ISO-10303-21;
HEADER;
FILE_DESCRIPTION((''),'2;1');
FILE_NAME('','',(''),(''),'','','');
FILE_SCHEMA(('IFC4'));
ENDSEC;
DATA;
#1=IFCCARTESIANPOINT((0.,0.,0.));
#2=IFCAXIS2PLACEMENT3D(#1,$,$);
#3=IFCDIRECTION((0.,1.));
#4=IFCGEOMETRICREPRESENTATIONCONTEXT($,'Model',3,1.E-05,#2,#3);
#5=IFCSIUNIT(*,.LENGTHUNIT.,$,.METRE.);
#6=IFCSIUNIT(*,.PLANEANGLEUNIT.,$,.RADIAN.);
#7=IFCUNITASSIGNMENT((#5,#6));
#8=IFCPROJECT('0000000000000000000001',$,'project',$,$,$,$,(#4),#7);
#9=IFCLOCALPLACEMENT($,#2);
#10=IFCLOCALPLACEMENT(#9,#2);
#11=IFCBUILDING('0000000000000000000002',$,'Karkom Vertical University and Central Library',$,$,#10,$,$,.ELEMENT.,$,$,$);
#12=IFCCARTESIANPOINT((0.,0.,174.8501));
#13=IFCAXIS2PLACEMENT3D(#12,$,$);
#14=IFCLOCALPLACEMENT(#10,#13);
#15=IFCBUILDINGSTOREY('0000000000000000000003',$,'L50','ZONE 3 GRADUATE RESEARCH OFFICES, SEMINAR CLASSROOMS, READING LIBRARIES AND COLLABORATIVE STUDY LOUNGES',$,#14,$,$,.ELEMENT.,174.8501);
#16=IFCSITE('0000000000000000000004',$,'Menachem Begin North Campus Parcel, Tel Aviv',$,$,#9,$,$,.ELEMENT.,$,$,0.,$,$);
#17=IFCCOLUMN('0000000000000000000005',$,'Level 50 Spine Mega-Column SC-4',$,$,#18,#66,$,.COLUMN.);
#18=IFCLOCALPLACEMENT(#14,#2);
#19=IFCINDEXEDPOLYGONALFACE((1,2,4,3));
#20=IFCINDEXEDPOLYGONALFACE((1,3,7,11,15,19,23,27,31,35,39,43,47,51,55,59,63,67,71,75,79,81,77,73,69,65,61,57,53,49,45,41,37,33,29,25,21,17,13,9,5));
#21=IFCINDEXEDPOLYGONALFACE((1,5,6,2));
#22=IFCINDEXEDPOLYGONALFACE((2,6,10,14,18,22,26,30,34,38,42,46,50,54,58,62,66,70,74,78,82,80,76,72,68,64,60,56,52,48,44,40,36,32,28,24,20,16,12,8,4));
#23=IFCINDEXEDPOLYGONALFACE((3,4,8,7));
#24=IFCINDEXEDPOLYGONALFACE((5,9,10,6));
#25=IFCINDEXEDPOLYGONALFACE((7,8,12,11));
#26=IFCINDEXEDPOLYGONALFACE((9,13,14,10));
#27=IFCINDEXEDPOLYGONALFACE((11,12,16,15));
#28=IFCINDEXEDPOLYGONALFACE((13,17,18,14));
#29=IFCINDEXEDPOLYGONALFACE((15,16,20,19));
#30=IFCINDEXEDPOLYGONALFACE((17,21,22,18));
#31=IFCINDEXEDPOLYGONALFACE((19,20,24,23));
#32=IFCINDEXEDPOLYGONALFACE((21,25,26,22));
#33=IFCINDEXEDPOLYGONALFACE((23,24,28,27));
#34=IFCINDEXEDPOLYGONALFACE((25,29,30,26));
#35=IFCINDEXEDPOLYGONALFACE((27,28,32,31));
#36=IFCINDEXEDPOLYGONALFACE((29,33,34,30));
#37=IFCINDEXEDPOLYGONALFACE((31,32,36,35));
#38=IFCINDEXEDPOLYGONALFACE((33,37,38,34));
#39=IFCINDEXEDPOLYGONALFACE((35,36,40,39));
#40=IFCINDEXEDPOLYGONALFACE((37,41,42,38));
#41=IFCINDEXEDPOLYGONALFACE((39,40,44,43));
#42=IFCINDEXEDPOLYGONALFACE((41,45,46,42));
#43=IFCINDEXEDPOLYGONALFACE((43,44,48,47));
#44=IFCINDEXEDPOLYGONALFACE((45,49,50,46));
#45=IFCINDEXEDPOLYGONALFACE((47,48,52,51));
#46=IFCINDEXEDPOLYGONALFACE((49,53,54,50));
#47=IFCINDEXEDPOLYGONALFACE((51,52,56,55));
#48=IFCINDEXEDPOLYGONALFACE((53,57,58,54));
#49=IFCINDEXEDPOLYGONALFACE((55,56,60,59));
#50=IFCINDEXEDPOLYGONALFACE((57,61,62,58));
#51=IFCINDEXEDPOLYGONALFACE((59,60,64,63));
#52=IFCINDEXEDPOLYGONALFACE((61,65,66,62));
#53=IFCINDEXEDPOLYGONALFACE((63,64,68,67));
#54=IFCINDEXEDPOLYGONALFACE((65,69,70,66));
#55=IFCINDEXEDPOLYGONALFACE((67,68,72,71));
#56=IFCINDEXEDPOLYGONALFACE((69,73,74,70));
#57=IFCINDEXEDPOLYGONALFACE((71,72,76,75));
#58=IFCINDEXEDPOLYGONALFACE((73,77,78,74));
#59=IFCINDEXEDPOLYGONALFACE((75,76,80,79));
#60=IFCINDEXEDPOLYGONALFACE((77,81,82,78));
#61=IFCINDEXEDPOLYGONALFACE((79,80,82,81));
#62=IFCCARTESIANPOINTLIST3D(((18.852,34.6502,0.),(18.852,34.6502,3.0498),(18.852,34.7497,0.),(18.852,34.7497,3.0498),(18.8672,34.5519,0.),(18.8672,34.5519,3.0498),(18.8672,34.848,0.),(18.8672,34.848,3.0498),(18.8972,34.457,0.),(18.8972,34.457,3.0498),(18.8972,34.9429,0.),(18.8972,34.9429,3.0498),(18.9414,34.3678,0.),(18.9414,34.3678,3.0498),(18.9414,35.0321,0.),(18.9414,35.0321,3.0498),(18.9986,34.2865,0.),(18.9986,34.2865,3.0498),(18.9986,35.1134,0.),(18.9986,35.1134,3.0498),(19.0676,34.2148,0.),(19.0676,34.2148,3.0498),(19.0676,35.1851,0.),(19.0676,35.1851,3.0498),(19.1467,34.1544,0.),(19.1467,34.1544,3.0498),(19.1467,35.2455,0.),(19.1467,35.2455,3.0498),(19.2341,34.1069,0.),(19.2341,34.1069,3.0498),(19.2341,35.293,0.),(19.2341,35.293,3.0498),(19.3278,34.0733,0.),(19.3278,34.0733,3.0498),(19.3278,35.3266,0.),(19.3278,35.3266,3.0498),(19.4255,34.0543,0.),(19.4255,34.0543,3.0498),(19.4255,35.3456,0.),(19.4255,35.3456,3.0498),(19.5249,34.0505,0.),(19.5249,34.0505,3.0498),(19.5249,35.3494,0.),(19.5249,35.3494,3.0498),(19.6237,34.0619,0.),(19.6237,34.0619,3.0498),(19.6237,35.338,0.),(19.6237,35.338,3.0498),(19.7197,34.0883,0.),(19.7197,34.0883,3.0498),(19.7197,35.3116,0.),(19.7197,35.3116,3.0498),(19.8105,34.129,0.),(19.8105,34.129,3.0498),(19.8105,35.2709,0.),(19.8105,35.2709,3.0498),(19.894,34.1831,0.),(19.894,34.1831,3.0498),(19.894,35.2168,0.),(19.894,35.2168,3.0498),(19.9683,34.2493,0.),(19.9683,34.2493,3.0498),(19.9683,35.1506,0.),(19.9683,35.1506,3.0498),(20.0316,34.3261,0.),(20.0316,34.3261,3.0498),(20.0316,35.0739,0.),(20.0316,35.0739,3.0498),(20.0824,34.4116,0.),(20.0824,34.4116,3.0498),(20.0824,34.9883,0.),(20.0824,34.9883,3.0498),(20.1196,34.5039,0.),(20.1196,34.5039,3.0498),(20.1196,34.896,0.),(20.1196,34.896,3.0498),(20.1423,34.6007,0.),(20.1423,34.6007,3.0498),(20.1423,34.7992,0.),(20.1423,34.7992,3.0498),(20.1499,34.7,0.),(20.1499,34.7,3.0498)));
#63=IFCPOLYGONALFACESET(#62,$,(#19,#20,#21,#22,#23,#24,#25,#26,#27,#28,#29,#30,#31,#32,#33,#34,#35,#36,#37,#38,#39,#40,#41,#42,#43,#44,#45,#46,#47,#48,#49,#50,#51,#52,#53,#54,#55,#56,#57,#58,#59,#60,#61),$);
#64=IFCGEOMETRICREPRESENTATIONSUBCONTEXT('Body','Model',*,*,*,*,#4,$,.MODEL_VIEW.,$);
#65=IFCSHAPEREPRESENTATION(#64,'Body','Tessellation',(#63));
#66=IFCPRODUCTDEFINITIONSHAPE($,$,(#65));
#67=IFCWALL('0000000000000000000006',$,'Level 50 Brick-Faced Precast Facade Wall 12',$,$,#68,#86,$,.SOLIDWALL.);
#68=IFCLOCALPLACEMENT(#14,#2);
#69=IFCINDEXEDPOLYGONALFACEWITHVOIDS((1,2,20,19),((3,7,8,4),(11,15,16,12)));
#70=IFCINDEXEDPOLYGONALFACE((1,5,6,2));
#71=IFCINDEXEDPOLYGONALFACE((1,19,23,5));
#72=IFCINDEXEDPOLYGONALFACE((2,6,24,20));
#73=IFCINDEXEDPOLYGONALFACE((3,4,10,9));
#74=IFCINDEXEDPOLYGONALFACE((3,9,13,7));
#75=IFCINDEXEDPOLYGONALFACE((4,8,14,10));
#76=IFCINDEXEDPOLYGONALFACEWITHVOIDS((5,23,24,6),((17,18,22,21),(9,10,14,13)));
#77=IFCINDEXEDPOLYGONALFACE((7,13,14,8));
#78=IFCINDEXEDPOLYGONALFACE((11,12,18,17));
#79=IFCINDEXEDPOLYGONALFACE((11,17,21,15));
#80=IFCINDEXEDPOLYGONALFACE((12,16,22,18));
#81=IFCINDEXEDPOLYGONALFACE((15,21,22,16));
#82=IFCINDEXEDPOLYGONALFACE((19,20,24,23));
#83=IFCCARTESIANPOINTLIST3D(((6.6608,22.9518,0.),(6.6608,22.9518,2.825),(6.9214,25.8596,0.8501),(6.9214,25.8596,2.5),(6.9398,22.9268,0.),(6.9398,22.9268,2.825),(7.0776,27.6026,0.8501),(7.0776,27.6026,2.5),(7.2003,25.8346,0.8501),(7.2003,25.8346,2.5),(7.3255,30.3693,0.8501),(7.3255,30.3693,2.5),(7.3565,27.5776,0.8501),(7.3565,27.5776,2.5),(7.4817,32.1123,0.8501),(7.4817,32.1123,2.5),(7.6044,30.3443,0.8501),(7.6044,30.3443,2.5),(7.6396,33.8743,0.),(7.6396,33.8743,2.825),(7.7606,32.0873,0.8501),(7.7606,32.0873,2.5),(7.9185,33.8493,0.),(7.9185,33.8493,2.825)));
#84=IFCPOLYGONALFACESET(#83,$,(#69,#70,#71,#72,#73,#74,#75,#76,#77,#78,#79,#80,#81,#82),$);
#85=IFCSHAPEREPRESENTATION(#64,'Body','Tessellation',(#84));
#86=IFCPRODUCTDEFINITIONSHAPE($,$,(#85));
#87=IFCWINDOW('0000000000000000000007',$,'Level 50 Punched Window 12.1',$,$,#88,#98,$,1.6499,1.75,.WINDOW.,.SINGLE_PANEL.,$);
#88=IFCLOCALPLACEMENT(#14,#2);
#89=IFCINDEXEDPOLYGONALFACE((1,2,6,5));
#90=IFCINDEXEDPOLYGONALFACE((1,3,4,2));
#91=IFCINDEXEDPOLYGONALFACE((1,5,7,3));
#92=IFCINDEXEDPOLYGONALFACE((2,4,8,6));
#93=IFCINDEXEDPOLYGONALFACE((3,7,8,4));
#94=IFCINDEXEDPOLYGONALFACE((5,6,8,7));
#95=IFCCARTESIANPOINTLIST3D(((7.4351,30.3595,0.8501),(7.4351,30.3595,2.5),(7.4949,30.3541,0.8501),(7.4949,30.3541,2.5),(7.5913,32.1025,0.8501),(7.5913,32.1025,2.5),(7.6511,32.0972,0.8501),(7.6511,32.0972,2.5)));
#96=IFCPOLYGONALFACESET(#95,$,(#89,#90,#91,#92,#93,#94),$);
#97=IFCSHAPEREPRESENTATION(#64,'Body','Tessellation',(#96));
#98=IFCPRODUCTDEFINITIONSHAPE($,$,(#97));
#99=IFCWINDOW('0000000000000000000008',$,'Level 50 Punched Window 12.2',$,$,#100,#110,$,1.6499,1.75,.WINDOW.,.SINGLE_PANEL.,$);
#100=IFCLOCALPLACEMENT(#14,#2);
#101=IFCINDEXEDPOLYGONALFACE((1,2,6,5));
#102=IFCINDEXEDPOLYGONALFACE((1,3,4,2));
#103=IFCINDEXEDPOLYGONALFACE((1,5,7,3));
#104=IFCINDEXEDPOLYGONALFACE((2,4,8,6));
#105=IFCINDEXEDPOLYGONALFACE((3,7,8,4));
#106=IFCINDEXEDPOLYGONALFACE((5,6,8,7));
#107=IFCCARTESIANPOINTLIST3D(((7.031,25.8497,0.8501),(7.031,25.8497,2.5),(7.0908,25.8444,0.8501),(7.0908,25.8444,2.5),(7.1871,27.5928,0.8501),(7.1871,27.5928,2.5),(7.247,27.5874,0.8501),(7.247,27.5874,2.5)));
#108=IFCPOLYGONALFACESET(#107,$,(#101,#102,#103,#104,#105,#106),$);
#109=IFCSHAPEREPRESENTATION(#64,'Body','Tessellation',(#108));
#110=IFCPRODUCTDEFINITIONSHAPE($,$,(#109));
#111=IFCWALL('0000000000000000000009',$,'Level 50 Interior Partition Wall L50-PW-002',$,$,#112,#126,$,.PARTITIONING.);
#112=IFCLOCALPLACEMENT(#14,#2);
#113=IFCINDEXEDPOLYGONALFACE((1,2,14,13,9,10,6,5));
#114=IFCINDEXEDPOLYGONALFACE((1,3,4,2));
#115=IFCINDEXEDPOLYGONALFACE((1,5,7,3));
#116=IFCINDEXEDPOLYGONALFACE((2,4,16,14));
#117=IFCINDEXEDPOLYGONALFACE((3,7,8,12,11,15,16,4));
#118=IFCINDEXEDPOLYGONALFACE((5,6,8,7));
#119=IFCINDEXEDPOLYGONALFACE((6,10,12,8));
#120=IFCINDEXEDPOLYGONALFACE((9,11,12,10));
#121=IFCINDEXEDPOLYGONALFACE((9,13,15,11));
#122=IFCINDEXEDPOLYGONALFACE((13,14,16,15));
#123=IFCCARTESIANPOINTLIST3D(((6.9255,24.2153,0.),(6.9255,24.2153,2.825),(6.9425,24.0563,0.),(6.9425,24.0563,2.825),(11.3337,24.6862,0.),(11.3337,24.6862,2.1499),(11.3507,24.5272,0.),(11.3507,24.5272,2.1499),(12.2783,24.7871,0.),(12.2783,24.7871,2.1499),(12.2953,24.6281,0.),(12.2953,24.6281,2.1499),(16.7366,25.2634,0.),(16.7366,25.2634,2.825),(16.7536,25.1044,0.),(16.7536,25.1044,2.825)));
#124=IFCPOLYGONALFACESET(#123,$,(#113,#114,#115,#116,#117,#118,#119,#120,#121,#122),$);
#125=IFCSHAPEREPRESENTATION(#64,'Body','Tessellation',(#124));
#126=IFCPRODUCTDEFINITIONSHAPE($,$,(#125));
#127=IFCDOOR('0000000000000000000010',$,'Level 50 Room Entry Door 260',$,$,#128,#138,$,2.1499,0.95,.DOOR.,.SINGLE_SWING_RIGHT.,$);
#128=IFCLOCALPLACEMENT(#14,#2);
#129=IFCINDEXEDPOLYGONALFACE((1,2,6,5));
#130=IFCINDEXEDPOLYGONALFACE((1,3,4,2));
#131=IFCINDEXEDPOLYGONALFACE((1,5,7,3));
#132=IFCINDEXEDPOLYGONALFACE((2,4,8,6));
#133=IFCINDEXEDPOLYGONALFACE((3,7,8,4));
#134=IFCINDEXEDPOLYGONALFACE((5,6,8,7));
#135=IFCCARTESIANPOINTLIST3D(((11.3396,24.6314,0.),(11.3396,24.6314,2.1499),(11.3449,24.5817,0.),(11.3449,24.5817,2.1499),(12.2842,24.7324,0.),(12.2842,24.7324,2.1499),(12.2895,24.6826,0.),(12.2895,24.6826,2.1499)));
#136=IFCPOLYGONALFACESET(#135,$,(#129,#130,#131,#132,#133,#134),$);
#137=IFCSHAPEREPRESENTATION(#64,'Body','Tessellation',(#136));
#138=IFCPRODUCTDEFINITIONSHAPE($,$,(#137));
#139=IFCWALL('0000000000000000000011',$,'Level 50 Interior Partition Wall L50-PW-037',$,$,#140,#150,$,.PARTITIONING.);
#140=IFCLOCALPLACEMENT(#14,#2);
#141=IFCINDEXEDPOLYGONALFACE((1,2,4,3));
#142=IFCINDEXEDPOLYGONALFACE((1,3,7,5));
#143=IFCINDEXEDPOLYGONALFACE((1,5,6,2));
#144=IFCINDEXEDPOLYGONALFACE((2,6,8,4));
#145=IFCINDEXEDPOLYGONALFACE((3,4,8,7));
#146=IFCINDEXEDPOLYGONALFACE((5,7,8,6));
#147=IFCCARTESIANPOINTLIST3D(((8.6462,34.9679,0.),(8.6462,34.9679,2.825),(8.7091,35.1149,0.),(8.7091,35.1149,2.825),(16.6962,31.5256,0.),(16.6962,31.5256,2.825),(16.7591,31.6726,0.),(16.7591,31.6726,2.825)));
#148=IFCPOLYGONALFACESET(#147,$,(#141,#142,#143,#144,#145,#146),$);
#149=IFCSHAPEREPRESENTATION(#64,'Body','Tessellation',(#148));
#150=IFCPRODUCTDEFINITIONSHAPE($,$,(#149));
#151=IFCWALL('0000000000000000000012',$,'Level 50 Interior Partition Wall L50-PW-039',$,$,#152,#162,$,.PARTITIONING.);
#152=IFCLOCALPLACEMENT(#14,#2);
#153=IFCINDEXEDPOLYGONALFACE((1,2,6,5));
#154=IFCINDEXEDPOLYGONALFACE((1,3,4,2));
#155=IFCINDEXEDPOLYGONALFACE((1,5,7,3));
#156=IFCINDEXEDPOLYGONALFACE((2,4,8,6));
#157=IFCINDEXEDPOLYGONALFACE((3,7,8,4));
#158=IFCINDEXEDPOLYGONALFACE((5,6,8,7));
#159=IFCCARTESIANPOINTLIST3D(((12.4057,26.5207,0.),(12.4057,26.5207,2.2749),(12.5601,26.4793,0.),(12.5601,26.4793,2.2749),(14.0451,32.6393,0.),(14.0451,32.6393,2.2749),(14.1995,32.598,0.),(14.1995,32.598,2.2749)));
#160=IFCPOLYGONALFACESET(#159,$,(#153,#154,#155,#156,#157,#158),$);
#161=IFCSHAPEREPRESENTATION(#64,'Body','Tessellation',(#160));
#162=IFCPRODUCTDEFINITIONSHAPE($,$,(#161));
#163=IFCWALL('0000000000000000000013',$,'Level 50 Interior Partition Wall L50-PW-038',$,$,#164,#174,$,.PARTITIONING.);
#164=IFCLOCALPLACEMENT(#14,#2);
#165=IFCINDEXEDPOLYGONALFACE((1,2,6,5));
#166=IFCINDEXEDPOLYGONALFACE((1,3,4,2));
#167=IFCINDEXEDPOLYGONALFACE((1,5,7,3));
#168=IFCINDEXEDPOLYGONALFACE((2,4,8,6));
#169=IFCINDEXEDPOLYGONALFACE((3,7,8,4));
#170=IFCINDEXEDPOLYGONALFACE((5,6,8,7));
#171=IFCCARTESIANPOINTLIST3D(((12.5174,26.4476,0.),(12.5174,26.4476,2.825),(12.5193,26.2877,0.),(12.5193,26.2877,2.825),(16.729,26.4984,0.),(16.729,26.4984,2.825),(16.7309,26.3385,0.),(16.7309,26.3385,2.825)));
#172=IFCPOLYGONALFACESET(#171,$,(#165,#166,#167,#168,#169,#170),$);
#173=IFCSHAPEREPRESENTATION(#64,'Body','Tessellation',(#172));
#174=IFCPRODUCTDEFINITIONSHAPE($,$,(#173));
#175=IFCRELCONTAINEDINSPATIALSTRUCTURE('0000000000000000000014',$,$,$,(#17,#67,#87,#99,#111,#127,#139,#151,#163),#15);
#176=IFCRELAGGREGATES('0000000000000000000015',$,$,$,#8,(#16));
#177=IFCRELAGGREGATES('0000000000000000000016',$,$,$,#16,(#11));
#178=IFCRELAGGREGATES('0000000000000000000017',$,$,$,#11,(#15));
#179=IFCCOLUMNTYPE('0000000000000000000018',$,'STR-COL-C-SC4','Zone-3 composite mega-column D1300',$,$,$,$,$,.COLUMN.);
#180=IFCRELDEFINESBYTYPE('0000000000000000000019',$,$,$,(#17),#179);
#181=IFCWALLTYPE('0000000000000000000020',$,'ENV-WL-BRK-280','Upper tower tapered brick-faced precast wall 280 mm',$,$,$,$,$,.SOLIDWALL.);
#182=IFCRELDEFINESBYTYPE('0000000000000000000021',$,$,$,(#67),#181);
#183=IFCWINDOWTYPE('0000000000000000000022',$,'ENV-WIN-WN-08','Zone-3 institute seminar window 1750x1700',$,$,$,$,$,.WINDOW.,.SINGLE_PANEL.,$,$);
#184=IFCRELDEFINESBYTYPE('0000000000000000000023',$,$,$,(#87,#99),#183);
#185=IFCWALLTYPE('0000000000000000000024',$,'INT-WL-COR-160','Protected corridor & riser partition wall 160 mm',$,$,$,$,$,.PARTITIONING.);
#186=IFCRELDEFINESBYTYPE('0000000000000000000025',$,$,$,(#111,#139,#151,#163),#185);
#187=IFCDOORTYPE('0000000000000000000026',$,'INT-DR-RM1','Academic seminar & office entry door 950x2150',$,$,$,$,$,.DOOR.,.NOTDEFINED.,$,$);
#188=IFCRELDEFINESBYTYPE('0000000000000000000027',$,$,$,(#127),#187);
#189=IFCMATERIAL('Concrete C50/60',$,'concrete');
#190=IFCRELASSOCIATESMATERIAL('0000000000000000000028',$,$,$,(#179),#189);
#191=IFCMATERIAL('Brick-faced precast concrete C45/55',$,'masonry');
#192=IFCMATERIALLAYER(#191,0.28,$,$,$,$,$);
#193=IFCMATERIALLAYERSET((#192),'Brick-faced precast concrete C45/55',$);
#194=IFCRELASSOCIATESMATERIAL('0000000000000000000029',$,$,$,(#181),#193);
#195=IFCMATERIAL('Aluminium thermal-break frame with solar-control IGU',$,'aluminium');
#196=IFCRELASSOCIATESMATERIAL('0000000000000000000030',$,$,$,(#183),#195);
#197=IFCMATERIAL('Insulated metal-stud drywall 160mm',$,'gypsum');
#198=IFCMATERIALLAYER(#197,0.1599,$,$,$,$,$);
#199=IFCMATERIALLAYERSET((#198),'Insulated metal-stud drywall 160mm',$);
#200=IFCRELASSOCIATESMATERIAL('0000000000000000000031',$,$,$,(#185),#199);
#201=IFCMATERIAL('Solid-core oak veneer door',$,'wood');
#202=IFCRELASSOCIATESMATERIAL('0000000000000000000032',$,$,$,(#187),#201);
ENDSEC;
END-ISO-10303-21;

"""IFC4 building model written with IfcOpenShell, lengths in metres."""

from ifc_helpers import new_model, si_unit, direction, frame, frame_2d, origin, origin_with_axes, origin_2d, place, context, subcontext, project, spatial, rectangle, circle, extrude, source, transform, mapped, material, layer, layer_set, material_profile, profile_set, type_object, element, fill, save


model = new_model("IFC4")

# Units and contexts
model_context = context("Model", 3, precision=1e-05, world=origin(), true_north=direction((0.0, 1.0)))
body_context = subcontext(model_context, "Body", "Model", "MODEL_VIEW")
ifc_project = project(units=[si_unit("LENGTHUNIT", "METRE"), si_unit("PLANEANGLEUNIT", "RADIAN")], contexts=[model_context])

# Site, building, storey
site_placement = place(None, origin())
site = spatial("IfcSite", under=ifc_project, at=site_placement, Name="Menachem Begin North Campus Parcel, Tel Aviv", CompositionType="ELEMENT", RefElevation=0.0)
building_placement = place(site_placement, origin())
building = spatial("IfcBuilding", under=site, at=building_placement, Name="Karkom Vertical University and Central Library", CompositionType="ELEMENT")
storey_placement = place(building_placement, frame((0.0, 0.0, 174.8501)))
storey = spatial("IfcBuildingStorey", under=building, at=storey_placement, Name="L50", Description="ZONE 3 GRADUATE RESEARCH OFFICES, SEMINAR CLASSROOMS, READING LIBRARIES AND COLLABORATIVE STUDY LOUNGES", CompositionType="ELEMENT", Elevation=174.8501)

# Column
ifc_material_1 = material(Name="Concrete C50/60", Category="concrete")
ifc_material_profile = material_profile(ifc_material_1, circle(Radius=0.6499, at=origin_2d()), Name="CFT-D1300")
ifc_profile_set = profile_set([ifc_material_profile], Name="Concrete C50/60")
column_type = type_object("IfcColumnType", Name="STR-COL-C-SC4", Description="Zone-3 composite mega-column D1300", PredefinedType="COLUMN", material=ifc_profile_set)
shared_shape_1 = source(origin_with_axes(), body_context, "Body", "SweptSolid", [
    extrude(circle(Radius=0.6499, at=origin_2d()), origin(), (0.0, 0.0, 1.0), 3.0498),
])
column_placement = place(storey_placement, frame((19.5, 34.7, 0.0), z_axis=(0.0, 0.0, 1.0), x_axis=(1.0, 0.0, 0.0)))
element("IfcColumn", 1, at=column_placement, inside=storey, type_object=column_type, Name="Level 50 Spine Mega-Column SC-4", PredefinedType="COLUMN", context=body_context, shape_type="MappedRepresentation", body=[
    mapped(shared_shape_1, transform((0.0, 0.0, 0.0), scale=1.0)),
])

# Wall, openings, windows
ifc_material_2 = material(Name="Brick-faced precast concrete C45/55", Category="masonry")
ifc_layer_1 = layer(ifc_material_2, 0.28)
ifc_layer_set_1 = layer_set([ifc_layer_1], Name="Brick-faced precast concrete C45/55")
wall_type_1 = type_object("IfcWallType", Name="ENV-WL-BRK-280", Description="Upper tower tapered brick-faced precast wall 280 mm", PredefinedType="SOLIDWALL", material=ifc_layer_set_1)
wall_1_placement = place(storey_placement, frame((7.7791, 33.8618, 0.0), z_axis=(0.0, 0.0, 1.0), x_axis=(-0.089251, -0.996009, 0.0)))
wall_1 = element("IfcWall", 2, at=wall_1_placement, inside=storey, type_object=wall_type_1, Name="Level 50 Brick-Faced Precast Facade Wall 12", PredefinedType="SOLIDWALL", context=body_context, shape_type="SweptSolid", body=[
    extrude(rectangle(XDim=10.9663, YDim=0.28, at=frame_2d((5.4832, 0.0))), origin(), (0.0, 0.0, 1.0), 2.825),
])
opening_1_placement = place(wall_1_placement, frame((1.769, 0.0, 0.8501)))
opening_1 = element("IfcOpeningElement", 3, at=opening_1_placement, cuts=wall_1, PredefinedType="OPENING", context=body_context, shape_type="SweptSolid", body=[
    extrude(rectangle(XDim=1.75, YDim=1.6499, at=frame_2d((0.875, 0.825))), frame((0.0, 0.1499, 0.0), z_axis=(0.0, -1.0, 0.0), x_axis=(1.0, 0.0, 0.0)), (0.0, 0.0, 1.0), 0.3),
])
opening_2_placement = place(wall_1_placement, frame((6.2969, 0.0, 0.8501)))
opening_2 = element("IfcOpeningElement", 4, at=opening_2_placement, cuts=wall_1, PredefinedType="OPENING", context=body_context, shape_type="SweptSolid", body=[
    extrude(rectangle(XDim=1.75, YDim=1.6499, at=frame_2d((0.875, 0.825))), frame((0.0, 0.1499, 0.0), z_axis=(0.0, -1.0, 0.0), x_axis=(1.0, 0.0, 0.0)), (0.0, 0.0, 1.0), 0.3),
])
ifc_material_3 = material(Name="Aluminium thermal-break frame with solar-control IGU", Category="aluminium")
window_type = type_object("IfcWindowType", Name="ENV-WIN-WN-08", Description="Zone-3 institute seminar window 1750x1700", PartitioningType="SINGLE_PANEL", PredefinedType="WINDOW", material=ifc_material_3)
shared_shape_2 = source(origin_with_axes(), body_context, "Body", "SweptSolid", [
    extrude(rectangle(XDim=1.75, YDim=1.6499, at=frame_2d((0.875, 0.825))), frame((0.0, 0.03, 0.0), z_axis=(0.0, -1.0, 0.0), x_axis=(1.0, 0.0, 0.0)), (0.0, 0.0, 1.0), 0.0601),
])
window_1_placement = place(opening_1_placement, origin())
window_1 = element("IfcWindow", 5, at=window_1_placement, inside=storey, type_object=window_type, Name="Level 50 Punched Window 12.1", OverallHeight=1.6499, OverallWidth=1.75, PartitioningType="SINGLE_PANEL", PredefinedType="WINDOW", context=body_context, shape_type="MappedRepresentation", body=[
    mapped(shared_shape_2, transform((0.0, 0.0, 0.0), scale=1.0)),
])
fill(opening_1, window_1)
window_2_placement = place(opening_2_placement, origin())
window_2 = element("IfcWindow", 6, at=window_2_placement, inside=storey, type_object=window_type, Name="Level 50 Punched Window 12.2", OverallHeight=1.6499, OverallWidth=1.75, PartitioningType="SINGLE_PANEL", PredefinedType="WINDOW", context=body_context, shape_type="MappedRepresentation", body=[
    mapped(shared_shape_2, transform((0.0, 0.0, 0.0), scale=1.0)),
])
fill(opening_2, window_2)

# Wall, opening, door
ifc_material_4 = material(Name="Insulated metal-stud drywall 160mm", Category="gypsum")
ifc_layer_2 = layer(ifc_material_4, 0.1599)
ifc_layer_set_2 = layer_set([ifc_layer_2], Name="Insulated metal-stud drywall 160mm")
wall_type_2 = type_object("IfcWallType", Name="INT-WL-COR-160", Description="Protected corridor & riser partition wall 160 mm", PredefinedType="PARTITIONING", material=ifc_layer_set_2)
wall_2_placement = place(storey_placement, frame((6.9338, 24.1357, 0.0), z_axis=(0.0, 0.0, 1.0), x_axis=(0.994342, 0.106224, 0.0)))
wall_2 = element("IfcWall", 7, at=wall_2_placement, inside=storey, type_object=wall_type_2, Name="Level 50 Interior Partition Wall L50-PW-002", PredefinedType="PARTITIONING", context=body_context, shape_type="SweptSolid", body=[
    extrude(rectangle(XDim=9.8669, YDim=0.1599, at=frame_2d((4.9336, 0.0))), origin(), (0.0, 0.0, 1.0), 2.825),
])
opening_3_placement = place(wall_2_placement, frame((4.4333, 0.0, 0.0)))
opening_3 = element("IfcOpeningElement", 8, at=opening_3_placement, cuts=wall_2, PredefinedType="OPENING", context=body_context, shape_type="SweptSolid", body=[
    extrude(rectangle(XDim=0.95, YDim=2.1499, at=frame_2d((0.4751, 1.075))), frame((0.0, 0.0898, 0.0), z_axis=(0.0, -1.0, 0.0), x_axis=(1.0, 0.0, 0.0)), (0.0, 0.0, 1.0), 0.1799),
])
ifc_material_5 = material(Name="Solid-core oak veneer door", Category="wood")
door_type_1 = type_object("IfcDoorType", Name="INT-DR-RM1", Description="Academic seminar & office entry door 950x2150", OperationType="NOTDEFINED", PredefinedType="DOOR", material=ifc_material_5)
shared_shape_3 = source(origin_with_axes(), body_context, "Body", "SweptSolid", [
    extrude(rectangle(XDim=0.95, YDim=2.1499, at=frame_2d((0.4751, 1.075))), frame((0.0, 0.0249, 0.0), z_axis=(0.0, -1.0, 0.0), x_axis=(1.0, 0.0, 0.0)), (0.0, 0.0, 1.0), 0.05),
])
door_1_placement = place(opening_3_placement, origin())
door_1 = element("IfcDoor", 9, at=door_1_placement, inside=storey, type_object=door_type_1, Name="Level 50 Room Entry Door 260", OperationType="SINGLE_SWING_RIGHT", OverallHeight=2.1499, OverallWidth=0.95, PredefinedType="DOOR", context=body_context, shape_type="MappedRepresentation", body=[
    mapped(shared_shape_3, transform((0.0, 0.0, 0.0), scale=1.0)),
])
fill(opening_3, door_1)

# Walls
wall_3_placement = place(storey_placement, frame((16.7275, 31.5991, 0.0), z_axis=(0.0, 0.0, 1.0), x_axis=(-0.919461, 0.393182, 0.0)))
element("IfcWall", 10, at=wall_3_placement, inside=storey, type_object=wall_type_2, Name="Level 50 Interior Partition Wall L50-PW-037", PredefinedType="PARTITIONING", context=body_context, shape_type="SweptSolid", body=[
    extrude(rectangle(XDim=8.7551, YDim=0.1599, at=frame_2d((4.3774, 0.0))), origin(), (0.0, 0.0, 1.0), 2.825),
])
wall_4_placement = place(storey_placement, frame((12.4829, 26.5, 0.0), z_axis=(0.0, 0.0, 1.0), x_axis=(0.258807, 0.965929, 0.0)))
element("IfcWall", 11, at=wall_4_placement, inside=storey, type_object=wall_type_2, Name="Level 50 Interior Partition Wall L50-PW-039", PredefinedType="PARTITIONING", context=body_context, shape_type="SweptSolid", body=[
    extrude(rectangle(XDim=6.3345, YDim=0.1599, at=frame_2d((3.1672, 0.0))), origin(), (0.0, 0.0, 1.0), 2.2749),
])
wall_5_placement = place(storey_placement, frame((16.73, 26.4185, 0.0), z_axis=(0.0, 0.0, 1.0), x_axis=(-0.999927, -0.012056, 0.0)))
element("IfcWall", 12, at=wall_5_placement, inside=storey, type_object=wall_type_2, Name="Level 50 Interior Partition Wall L50-PW-038", PredefinedType="PARTITIONING", context=body_context, shape_type="SweptSolid", body=[
    extrude(rectangle(XDim=4.2119, YDim=0.1599, at=frame_2d((2.106, 0.0))), origin(), (0.0, 0.0, 1.0), 2.825),
])

save(model, "model.ifc")
